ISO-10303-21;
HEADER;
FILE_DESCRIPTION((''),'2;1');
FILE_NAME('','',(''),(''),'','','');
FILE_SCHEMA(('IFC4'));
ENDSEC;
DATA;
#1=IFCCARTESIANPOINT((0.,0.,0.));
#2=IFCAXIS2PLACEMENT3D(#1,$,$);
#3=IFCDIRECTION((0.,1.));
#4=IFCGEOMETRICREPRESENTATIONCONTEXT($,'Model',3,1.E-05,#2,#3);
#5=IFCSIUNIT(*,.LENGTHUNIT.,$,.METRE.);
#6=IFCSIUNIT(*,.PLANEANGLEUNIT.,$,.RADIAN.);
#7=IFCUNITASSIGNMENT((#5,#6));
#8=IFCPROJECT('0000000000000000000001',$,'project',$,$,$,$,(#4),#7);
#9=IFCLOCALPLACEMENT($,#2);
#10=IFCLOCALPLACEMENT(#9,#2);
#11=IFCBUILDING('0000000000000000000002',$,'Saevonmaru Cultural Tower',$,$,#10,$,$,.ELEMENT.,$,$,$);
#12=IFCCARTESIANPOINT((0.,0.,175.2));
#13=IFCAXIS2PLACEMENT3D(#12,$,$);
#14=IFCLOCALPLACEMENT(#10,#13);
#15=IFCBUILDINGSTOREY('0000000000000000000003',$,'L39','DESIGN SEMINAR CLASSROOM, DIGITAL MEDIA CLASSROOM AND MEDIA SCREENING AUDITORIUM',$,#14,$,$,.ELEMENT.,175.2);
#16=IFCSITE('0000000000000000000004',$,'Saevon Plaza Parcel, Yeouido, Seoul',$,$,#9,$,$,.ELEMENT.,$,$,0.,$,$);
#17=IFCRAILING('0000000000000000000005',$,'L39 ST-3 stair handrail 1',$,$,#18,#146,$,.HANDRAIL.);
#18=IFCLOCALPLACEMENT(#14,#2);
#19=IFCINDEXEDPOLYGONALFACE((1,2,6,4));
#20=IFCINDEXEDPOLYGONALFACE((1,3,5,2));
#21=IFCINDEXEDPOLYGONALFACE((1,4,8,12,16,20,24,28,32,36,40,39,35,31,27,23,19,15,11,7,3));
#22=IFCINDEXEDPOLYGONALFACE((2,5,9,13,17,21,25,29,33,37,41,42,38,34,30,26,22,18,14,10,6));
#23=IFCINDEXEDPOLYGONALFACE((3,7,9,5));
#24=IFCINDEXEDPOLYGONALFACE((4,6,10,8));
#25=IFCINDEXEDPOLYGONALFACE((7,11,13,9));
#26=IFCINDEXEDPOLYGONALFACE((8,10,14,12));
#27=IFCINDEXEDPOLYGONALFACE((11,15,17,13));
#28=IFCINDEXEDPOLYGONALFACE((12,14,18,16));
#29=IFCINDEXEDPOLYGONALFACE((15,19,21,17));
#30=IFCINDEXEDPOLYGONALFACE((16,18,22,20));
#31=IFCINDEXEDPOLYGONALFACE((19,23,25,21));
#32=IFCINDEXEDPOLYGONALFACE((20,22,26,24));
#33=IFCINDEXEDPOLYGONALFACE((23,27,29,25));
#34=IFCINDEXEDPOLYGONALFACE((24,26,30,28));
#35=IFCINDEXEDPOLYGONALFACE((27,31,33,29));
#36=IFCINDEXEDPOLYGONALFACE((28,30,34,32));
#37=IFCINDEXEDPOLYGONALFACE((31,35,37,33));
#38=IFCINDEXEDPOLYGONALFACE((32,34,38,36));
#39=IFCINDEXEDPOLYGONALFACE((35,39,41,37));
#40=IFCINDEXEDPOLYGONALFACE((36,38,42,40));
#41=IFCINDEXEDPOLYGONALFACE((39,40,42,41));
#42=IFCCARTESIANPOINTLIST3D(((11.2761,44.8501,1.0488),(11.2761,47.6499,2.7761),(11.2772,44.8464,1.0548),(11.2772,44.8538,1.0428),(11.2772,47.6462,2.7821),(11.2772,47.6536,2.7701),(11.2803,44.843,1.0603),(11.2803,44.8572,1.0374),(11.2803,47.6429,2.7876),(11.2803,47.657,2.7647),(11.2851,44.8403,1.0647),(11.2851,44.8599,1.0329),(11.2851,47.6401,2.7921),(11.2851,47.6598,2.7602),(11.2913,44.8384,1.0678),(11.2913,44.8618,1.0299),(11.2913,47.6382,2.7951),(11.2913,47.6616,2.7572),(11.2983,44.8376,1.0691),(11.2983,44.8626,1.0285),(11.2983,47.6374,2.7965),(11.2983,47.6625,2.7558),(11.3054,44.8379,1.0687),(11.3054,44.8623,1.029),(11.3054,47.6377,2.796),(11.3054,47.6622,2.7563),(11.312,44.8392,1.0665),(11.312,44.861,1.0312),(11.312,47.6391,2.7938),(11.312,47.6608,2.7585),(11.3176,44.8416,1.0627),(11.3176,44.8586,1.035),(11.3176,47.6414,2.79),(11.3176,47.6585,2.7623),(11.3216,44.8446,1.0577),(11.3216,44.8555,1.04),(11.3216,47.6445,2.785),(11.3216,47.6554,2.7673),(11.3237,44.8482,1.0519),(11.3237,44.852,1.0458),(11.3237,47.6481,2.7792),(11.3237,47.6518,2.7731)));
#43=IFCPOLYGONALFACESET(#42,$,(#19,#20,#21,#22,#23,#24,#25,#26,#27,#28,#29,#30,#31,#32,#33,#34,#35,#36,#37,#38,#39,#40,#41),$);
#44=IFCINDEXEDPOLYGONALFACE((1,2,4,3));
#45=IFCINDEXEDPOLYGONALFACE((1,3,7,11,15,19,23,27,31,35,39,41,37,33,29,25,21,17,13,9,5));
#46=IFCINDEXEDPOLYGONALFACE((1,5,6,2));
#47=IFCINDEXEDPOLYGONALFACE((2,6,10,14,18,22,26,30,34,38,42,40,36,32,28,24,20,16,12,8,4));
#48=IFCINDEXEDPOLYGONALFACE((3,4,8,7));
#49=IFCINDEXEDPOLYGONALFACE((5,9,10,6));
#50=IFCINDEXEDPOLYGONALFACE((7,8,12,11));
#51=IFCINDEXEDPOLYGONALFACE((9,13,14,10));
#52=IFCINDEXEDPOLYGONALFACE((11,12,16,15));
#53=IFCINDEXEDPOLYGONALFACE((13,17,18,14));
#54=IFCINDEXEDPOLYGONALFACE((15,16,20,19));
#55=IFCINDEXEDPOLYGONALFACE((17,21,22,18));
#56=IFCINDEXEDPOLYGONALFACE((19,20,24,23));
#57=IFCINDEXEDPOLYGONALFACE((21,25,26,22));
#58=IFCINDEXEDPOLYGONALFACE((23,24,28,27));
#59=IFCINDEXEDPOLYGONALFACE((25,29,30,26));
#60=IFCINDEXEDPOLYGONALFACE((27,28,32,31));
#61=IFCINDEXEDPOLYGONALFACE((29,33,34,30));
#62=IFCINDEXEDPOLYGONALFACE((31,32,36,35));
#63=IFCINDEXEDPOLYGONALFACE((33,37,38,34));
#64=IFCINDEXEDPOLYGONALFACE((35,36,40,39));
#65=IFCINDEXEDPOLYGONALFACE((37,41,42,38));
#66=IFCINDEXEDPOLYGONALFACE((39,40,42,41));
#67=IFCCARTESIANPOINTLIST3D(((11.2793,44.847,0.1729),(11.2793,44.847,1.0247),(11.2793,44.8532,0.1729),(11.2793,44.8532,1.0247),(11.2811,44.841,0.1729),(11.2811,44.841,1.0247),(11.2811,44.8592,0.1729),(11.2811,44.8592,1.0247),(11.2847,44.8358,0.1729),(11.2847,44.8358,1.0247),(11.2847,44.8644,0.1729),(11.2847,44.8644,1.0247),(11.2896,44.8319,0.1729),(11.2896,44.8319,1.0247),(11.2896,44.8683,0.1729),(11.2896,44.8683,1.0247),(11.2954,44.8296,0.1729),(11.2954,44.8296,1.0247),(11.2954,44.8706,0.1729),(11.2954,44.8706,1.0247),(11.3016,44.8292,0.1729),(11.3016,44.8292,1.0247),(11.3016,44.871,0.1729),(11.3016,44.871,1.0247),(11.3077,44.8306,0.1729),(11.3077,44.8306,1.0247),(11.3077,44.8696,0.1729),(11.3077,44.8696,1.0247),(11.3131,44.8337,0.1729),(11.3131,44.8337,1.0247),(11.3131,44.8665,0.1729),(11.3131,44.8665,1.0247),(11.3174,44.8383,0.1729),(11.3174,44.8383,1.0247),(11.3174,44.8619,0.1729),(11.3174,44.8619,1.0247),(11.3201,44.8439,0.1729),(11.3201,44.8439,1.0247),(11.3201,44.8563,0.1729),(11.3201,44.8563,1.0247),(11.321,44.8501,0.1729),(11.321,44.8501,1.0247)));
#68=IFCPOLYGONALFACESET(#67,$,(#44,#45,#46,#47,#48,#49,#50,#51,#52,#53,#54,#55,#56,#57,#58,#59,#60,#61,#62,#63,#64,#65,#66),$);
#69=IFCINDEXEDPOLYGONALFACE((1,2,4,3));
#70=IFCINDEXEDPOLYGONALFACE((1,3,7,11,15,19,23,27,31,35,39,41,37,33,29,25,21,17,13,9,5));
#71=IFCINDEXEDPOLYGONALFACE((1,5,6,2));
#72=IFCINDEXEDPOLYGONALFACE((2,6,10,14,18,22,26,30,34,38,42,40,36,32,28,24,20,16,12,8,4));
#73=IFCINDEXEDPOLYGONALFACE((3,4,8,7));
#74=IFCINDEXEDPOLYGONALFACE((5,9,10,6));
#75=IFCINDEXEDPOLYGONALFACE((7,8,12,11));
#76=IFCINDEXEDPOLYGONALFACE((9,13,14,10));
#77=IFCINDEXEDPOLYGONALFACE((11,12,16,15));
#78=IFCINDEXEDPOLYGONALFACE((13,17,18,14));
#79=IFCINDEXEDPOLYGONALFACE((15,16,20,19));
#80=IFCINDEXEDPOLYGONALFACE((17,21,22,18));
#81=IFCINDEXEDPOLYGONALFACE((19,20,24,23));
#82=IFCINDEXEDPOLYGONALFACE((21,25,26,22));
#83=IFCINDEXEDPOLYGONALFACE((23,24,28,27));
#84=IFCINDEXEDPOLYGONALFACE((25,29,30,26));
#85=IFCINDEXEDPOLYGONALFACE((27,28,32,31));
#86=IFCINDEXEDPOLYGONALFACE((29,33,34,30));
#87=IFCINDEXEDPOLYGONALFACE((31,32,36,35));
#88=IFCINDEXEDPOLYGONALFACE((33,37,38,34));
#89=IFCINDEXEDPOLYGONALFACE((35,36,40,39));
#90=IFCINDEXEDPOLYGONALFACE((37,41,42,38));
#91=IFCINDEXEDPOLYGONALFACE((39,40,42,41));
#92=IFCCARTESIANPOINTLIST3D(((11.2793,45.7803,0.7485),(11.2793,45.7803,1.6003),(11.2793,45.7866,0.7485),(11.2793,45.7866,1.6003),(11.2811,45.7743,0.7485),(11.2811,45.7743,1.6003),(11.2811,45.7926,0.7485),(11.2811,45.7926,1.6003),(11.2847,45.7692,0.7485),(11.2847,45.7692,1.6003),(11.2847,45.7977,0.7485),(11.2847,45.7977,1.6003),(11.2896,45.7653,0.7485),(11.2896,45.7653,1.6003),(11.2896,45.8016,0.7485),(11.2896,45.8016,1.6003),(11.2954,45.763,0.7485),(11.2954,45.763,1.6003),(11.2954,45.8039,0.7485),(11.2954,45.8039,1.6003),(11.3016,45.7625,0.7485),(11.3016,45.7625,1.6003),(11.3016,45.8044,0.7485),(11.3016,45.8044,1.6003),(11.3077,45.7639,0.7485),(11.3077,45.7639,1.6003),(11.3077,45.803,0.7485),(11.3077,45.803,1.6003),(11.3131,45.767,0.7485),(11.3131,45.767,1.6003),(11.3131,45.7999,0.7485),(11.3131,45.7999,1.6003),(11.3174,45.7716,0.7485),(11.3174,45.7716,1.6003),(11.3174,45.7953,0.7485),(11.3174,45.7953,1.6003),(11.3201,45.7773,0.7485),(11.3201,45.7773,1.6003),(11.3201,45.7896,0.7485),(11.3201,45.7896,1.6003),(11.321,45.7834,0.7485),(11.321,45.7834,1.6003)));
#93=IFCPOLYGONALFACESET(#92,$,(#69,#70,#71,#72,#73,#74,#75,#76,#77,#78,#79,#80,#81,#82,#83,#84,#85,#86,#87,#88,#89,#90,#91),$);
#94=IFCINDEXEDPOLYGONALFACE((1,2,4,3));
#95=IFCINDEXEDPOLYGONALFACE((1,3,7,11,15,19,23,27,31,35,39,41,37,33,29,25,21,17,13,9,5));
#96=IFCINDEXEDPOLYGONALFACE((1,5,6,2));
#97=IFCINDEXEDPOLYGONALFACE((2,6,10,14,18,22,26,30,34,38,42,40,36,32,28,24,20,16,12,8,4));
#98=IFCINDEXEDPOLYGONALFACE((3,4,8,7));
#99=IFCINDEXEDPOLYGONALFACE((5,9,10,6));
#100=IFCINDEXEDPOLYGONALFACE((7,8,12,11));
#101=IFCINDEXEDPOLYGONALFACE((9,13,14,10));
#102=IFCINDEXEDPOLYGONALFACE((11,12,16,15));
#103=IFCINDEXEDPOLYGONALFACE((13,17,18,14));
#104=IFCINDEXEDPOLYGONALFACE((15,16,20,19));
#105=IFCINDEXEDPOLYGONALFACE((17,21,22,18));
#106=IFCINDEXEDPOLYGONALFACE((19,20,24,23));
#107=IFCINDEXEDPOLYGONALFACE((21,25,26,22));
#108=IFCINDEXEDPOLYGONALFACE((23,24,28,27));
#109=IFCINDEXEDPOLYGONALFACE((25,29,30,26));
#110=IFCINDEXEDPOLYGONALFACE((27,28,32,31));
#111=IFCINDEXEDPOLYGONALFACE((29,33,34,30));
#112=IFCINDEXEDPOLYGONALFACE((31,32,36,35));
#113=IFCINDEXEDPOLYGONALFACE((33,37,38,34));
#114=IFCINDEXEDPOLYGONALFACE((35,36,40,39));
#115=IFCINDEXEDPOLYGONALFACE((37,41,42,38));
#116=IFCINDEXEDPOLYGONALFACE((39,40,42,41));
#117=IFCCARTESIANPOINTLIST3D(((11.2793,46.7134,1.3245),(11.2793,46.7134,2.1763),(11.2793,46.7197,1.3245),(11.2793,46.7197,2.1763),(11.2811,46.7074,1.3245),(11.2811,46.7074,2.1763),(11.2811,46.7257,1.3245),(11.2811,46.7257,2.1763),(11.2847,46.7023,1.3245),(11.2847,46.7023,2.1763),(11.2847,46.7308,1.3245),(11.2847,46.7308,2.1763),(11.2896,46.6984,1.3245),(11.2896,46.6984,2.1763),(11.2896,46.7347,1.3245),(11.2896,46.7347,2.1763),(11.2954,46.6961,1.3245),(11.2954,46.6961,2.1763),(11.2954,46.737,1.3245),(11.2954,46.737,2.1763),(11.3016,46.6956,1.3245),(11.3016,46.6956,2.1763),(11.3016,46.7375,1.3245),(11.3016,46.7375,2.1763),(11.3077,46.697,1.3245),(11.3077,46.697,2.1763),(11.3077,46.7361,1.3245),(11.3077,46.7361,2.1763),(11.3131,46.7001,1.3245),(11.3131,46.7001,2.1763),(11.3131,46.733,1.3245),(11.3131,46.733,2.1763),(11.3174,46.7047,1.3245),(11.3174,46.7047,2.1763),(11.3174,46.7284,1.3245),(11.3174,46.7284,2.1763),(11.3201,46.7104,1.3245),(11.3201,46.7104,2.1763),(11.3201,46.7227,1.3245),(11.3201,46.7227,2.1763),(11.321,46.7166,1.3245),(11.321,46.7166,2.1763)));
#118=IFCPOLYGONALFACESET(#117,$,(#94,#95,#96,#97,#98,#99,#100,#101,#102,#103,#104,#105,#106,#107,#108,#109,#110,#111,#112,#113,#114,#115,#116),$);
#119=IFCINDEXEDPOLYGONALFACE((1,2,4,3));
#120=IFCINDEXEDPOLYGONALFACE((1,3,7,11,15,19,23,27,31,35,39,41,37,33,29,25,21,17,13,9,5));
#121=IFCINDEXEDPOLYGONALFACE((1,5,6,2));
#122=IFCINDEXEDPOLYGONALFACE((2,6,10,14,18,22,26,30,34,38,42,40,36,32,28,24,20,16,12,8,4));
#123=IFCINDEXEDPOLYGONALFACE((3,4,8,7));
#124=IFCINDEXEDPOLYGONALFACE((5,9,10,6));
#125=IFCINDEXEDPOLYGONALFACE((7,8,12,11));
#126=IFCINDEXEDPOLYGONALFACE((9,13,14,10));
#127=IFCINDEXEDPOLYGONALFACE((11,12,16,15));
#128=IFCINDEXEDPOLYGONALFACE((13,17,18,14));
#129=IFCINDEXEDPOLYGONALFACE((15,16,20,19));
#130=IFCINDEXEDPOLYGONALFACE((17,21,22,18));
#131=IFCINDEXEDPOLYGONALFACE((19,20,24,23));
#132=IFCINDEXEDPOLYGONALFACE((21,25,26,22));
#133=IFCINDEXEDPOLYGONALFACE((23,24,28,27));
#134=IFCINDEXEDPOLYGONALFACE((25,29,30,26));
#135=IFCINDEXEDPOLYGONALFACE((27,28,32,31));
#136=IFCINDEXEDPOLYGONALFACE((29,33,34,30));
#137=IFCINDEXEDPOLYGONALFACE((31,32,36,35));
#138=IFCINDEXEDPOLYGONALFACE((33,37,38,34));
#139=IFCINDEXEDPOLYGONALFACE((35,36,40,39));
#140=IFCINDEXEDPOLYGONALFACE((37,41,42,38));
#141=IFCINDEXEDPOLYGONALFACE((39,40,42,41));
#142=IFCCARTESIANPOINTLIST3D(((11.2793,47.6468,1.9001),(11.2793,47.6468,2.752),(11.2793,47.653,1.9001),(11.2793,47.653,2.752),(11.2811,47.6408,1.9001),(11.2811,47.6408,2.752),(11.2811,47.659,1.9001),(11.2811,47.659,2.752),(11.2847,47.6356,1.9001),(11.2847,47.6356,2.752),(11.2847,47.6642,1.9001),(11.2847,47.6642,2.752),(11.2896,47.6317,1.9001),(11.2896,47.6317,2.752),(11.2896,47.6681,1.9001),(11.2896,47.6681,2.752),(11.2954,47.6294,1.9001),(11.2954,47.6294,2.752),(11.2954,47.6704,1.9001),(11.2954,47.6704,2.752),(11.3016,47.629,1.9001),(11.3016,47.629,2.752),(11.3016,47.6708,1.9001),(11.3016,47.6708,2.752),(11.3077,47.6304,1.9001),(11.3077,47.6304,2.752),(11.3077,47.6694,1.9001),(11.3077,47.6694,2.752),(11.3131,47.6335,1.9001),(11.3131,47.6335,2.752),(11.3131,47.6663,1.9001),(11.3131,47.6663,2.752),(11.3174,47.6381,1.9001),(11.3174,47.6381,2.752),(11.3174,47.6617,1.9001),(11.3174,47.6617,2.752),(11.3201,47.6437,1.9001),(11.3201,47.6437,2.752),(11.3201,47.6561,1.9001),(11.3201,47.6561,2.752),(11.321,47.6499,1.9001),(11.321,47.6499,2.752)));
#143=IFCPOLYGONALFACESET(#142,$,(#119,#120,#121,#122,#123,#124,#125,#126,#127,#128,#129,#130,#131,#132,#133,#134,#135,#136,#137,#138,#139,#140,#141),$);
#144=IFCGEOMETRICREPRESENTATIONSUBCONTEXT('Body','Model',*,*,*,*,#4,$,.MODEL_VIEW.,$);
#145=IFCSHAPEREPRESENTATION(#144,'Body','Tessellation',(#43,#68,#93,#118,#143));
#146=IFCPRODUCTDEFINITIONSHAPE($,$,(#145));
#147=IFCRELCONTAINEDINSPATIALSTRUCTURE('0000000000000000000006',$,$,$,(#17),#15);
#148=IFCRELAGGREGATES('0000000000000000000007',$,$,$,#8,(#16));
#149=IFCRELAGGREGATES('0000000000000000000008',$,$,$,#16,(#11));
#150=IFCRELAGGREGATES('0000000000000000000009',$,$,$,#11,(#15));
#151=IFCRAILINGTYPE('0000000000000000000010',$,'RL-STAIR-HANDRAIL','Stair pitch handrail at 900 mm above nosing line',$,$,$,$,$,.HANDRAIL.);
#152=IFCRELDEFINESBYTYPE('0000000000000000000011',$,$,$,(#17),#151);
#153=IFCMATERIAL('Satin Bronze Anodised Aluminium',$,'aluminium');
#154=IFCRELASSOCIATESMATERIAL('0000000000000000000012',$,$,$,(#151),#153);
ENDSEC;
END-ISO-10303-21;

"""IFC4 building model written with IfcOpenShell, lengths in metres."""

from ifc_helpers import new_model, si_unit, direction, frame, origin, origin_2d, place, context, subcontext, project, spatial, circle, extrude, material, type_object, element, save


model = new_model("IFC4")

# Units and contexts
model_context = context("Model", 3, precision=1e-05, world=origin(), true_north=direction((0.0, 1.0)))
body_context = subcontext(model_context, "Body", "Model", "MODEL_VIEW")
ifc_project = project(units=[si_unit("LENGTHUNIT", "METRE"), si_unit("PLANEANGLEUNIT", "RADIAN")], contexts=[model_context])

# Site, building, storey
site_placement = place(None, origin())
site = spatial("IfcSite", under=ifc_project, at=site_placement, Name="Saevon Plaza Parcel, Yeouido, Seoul", CompositionType="ELEMENT", RefElevation=0.0)
building_placement = place(site_placement, origin())
building = spatial("IfcBuilding", under=site, at=building_placement, Name="Saevonmaru Cultural Tower", CompositionType="ELEMENT")
storey_placement = place(building_placement, frame((0.0, 0.0, 175.2)))
storey = spatial("IfcBuildingStorey", under=building, at=storey_placement, Name="L39", Description="DESIGN SEMINAR CLASSROOM, DIGITAL MEDIA CLASSROOM AND MEDIA SCREENING AUDITORIUM", CompositionType="ELEMENT", Elevation=175.2)

# Shared definitions
ifc_material_1 = material(Name="Satin Bronze Anodised Aluminium", Category="aluminium")

# Railing
railing_type_1 = type_object("IfcRailingType", Name="RL-STAIR-HANDRAIL", Description="Stair pitch handrail at 900 mm above nosing line", PredefinedType="HANDRAIL", material=ifc_material_1)
railing_1_placement = place(storey_placement, frame((11.3, 44.8501, 0.1729)))
element("IfcRailing", 1, at=railing_1_placement, inside=storey, type_object=railing_type_1, Name="L39 ST-3 stair handrail 1", PredefinedType="HANDRAIL", context=body_context, shape_type="SweptSolid", body=[
    extrude(circle(Radius=0.0239, at=origin_2d()), frame((0.0, 0.0, 0.876), z_axis=(0.0, 0.851069, 0.525054), x_axis=(-1.0, 0.0, 0.0)), (0.0, 0.0, 1.0), 3.2898),
    extrude(circle(Radius=0.021, at=origin_2d()), origin(), (0.0, 0.0, 1.0), 0.8518),
    extrude(circle(Radius=0.021, at=origin_2d()), frame((0.0, 0.9333, 0.5757)), (0.0, 0.0, 1.0), 0.8518),
    extrude(circle(Radius=0.021, at=origin_2d()), frame((0.0, 1.8665, 1.1516)), (0.0, 0.0, 1.0), 0.8518),
    extrude(circle(Radius=0.021, at=origin_2d()), frame((0.0, 2.7998, 1.7273)), (0.0, 0.0, 1.0), 0.8518),
])

save(model, "model.ifc")
